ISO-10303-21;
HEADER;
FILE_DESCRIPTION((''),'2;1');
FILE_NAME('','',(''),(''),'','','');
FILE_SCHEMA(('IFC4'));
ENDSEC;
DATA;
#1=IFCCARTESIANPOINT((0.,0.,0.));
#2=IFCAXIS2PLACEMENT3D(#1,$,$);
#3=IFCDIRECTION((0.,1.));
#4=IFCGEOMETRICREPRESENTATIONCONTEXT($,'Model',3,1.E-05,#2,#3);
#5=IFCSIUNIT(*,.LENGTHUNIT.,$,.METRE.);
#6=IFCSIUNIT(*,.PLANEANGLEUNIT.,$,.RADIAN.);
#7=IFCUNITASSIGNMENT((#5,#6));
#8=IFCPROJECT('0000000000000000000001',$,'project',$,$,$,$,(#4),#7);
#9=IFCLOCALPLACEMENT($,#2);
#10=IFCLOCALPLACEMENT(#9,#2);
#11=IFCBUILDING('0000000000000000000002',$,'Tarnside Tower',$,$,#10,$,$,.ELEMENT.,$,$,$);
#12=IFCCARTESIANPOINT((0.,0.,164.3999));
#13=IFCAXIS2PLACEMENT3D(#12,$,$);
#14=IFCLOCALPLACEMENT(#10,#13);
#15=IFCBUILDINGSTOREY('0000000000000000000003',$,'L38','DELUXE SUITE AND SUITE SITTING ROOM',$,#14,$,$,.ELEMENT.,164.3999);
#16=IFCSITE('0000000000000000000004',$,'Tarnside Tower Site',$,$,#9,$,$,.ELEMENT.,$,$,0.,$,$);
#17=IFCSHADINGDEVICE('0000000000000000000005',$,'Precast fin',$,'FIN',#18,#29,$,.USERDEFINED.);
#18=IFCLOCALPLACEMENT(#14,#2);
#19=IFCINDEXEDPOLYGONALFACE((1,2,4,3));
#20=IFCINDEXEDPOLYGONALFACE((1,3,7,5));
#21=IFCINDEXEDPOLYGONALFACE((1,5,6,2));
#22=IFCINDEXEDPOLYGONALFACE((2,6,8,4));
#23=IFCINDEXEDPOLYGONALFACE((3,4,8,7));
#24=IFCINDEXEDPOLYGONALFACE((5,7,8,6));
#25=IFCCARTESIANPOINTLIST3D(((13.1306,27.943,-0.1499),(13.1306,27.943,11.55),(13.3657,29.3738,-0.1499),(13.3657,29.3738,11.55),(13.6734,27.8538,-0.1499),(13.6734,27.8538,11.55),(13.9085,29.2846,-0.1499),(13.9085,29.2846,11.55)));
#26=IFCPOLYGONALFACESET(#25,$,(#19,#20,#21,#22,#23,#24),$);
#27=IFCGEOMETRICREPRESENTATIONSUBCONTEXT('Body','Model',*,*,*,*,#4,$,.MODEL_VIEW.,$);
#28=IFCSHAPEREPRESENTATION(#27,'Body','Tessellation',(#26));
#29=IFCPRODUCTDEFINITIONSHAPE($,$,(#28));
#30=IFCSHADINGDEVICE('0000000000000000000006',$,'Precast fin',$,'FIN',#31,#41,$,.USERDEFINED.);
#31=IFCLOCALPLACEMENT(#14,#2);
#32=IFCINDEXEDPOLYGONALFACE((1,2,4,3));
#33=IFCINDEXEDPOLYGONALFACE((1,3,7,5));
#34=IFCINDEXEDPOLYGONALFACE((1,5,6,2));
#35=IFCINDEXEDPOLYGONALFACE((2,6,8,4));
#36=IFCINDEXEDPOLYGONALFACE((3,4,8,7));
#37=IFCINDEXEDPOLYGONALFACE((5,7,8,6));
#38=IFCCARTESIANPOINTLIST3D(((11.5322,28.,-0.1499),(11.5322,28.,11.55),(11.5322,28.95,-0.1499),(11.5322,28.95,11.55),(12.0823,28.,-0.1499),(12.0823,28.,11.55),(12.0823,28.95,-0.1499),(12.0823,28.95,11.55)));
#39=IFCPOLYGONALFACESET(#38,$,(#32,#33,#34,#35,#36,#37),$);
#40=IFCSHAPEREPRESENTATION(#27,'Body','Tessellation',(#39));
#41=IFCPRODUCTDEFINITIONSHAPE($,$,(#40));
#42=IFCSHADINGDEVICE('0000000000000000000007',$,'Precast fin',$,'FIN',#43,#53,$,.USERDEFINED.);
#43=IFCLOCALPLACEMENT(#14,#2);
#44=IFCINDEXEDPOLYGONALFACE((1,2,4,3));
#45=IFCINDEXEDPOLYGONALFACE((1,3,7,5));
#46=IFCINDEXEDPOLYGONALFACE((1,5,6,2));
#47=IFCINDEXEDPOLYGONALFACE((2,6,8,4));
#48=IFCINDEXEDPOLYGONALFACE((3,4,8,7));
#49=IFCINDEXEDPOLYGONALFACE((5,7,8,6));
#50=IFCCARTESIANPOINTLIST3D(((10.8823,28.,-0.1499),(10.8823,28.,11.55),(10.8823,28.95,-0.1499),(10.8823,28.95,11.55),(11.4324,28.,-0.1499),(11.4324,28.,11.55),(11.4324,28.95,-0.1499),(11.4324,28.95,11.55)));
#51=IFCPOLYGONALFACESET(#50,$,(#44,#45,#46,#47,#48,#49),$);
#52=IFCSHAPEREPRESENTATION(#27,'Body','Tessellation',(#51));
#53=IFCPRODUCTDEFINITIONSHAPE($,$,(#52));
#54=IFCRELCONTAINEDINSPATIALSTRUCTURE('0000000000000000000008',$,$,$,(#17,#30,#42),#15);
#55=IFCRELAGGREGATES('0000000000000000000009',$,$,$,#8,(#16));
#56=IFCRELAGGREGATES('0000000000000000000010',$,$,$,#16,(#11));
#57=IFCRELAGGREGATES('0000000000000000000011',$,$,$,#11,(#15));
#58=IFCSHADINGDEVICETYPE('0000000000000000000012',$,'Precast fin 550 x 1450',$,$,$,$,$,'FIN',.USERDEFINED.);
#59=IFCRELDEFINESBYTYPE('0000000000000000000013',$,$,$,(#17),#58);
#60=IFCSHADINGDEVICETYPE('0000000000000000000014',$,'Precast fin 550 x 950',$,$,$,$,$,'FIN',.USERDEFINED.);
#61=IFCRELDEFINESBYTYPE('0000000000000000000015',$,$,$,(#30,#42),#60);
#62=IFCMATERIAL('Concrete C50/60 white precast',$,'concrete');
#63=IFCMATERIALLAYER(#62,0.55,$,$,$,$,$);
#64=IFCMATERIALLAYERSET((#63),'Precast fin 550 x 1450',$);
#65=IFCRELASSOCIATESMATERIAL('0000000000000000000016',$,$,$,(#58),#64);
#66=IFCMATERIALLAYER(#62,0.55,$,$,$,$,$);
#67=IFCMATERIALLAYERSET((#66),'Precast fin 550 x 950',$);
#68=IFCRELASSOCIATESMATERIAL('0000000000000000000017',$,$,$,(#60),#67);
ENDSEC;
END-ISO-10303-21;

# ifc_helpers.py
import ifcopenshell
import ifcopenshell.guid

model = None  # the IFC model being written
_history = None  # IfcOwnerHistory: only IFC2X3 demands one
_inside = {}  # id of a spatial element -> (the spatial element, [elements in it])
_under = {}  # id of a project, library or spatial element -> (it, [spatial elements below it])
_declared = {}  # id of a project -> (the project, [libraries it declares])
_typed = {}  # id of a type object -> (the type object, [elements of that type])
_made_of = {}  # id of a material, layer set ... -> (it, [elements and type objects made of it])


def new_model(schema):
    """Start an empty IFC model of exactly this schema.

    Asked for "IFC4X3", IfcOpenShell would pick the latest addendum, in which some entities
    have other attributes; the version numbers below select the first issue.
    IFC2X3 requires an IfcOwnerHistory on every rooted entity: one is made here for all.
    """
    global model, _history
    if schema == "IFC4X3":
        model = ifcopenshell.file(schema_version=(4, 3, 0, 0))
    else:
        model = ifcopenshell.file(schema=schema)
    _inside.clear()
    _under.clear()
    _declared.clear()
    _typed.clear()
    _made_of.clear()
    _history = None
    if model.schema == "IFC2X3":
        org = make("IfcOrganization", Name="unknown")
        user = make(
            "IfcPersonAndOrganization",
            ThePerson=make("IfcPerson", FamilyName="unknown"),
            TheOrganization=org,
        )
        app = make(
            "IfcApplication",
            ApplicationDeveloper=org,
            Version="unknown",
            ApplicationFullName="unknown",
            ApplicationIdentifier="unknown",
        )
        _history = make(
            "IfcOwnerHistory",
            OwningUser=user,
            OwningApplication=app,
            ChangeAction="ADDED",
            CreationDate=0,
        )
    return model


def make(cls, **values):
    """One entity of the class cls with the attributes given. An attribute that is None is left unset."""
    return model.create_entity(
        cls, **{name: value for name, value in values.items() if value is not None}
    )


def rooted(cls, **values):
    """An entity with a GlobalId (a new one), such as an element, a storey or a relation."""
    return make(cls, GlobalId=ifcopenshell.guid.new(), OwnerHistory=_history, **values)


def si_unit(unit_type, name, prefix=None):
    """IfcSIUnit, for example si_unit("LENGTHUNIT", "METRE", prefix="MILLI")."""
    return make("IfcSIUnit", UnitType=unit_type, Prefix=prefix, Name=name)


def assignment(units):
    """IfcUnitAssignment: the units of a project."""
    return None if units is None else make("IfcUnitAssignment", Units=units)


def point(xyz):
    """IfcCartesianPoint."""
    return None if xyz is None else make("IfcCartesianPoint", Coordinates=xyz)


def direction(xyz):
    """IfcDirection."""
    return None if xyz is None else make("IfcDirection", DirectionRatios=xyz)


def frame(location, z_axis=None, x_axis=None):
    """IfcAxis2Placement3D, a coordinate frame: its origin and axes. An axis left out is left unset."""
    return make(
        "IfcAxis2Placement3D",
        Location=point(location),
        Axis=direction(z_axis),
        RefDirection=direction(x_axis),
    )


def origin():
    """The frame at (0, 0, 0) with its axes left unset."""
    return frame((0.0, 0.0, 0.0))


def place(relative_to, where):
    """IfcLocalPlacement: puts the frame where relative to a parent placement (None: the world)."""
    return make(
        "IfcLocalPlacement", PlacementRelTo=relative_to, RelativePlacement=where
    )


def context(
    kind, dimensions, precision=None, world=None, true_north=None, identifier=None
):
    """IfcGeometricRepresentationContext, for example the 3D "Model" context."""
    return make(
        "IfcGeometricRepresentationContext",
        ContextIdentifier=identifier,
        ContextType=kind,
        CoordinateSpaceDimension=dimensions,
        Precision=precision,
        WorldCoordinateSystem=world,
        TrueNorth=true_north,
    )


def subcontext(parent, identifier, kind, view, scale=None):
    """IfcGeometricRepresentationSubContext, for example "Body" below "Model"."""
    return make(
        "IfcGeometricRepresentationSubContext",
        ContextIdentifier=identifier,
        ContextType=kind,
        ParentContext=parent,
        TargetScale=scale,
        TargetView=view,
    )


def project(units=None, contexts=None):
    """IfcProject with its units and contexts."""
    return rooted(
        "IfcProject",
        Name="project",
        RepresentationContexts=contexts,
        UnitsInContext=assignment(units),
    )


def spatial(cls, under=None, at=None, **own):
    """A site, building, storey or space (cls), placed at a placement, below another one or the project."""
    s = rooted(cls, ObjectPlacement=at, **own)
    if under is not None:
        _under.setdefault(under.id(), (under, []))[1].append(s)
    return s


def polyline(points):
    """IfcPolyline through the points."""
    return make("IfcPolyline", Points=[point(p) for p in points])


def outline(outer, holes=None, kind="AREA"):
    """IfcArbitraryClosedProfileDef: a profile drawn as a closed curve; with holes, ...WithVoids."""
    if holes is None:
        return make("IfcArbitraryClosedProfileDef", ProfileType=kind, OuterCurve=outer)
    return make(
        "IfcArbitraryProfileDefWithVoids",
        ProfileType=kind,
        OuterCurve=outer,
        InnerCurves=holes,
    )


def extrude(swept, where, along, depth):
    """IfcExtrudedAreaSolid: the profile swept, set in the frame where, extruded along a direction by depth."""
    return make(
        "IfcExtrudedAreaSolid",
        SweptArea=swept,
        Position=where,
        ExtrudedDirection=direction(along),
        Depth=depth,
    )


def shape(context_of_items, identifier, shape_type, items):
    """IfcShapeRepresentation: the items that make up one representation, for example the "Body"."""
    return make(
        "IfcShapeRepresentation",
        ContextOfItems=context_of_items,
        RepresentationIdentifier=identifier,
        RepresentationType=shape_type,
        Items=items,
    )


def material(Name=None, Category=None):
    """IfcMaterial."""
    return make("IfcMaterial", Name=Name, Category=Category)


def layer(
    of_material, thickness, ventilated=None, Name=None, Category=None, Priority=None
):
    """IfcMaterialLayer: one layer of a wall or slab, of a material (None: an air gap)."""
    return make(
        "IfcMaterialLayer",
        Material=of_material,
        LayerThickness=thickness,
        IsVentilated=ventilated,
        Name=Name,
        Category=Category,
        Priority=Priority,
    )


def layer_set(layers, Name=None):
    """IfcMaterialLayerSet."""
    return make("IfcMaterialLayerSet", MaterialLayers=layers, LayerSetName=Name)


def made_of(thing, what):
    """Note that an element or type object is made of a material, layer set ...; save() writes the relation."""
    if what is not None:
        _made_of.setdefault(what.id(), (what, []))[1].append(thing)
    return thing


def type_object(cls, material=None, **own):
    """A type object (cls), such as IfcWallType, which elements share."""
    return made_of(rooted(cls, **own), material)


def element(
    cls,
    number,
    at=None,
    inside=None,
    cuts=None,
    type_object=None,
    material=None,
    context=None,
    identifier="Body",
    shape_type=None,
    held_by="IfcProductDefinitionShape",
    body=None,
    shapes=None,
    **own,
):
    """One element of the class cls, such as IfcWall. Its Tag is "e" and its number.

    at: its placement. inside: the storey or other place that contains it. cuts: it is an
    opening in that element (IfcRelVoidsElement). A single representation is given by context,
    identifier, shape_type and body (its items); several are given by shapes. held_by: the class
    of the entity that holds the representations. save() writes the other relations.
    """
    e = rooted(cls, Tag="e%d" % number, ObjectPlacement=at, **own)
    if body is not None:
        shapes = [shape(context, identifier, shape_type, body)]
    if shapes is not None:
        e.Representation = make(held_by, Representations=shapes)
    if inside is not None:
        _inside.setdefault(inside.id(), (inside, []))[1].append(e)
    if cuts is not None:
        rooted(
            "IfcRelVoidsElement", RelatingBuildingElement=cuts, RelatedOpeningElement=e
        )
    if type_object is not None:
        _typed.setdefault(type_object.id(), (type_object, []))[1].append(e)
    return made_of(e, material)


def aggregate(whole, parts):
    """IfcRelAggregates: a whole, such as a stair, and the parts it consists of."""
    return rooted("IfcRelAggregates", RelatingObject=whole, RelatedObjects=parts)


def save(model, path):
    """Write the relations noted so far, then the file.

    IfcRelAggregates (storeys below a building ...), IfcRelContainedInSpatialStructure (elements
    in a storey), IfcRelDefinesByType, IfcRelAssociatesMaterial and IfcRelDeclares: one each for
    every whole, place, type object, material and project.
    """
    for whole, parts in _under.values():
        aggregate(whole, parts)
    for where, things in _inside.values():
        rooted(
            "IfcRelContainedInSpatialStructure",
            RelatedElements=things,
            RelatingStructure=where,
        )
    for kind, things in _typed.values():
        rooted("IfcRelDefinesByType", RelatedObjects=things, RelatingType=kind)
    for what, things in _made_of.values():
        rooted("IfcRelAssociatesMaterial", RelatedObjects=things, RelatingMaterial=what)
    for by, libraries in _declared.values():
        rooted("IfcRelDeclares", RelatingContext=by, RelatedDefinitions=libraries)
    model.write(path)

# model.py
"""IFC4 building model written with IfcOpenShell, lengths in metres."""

from ifc_helpers import new_model, si_unit, direction, frame, origin, place, context, subcontext, project, spatial, polyline, outline, extrude, material, layer, layer_set, type_object, element, save


model = new_model("IFC4")

# Units and contexts
model_context = context("Model", 3, precision=1e-05, world=origin(), true_north=direction((0.0, 1.0)))
body_context = subcontext(model_context, "Body", "Model", "MODEL_VIEW")
ifc_project = project(units=[si_unit("LENGTHUNIT", "METRE"), si_unit("PLANEANGLEUNIT", "RADIAN")], contexts=[model_context])

# Site, building, storey
site_placement = place(None, origin())
site = spatial("IfcSite", under=ifc_project, at=site_placement, Name="Tarnside Tower Site", CompositionType="ELEMENT", RefElevation=0.0)
building_placement = place(site_placement, origin())
building = spatial("IfcBuilding", under=site, at=building_placement, Name="Tarnside Tower", CompositionType="ELEMENT")
storey_placement = place(building_placement, frame((0.0, 0.0, 164.3999)))
storey = spatial("IfcBuildingStorey", under=building, at=storey_placement, Name="L38", Description="DELUXE SUITE AND SUITE SITTING ROOM", CompositionType="ELEMENT", Elevation=164.3999)

# Shading devices
ifc_material_1 = material(Name="Concrete C50/60 white precast", Category="concrete")
ifc_layer_1 = layer(ifc_material_1, 0.55)
ifc_layer_set_1 = layer_set([ifc_layer_1], Name="Precast fin 550 x 1450")
shading_device_type_1 = type_object("IfcShadingDeviceType", Name="Precast fin 550 x 1450", ElementType="FIN", PredefinedType="USERDEFINED", material=ifc_layer_set_1)
shading_device_placement = place(storey_placement, frame((13.4019, 27.8984, -0.1499), z_axis=(0.986762, -0.162178, 0.0), x_axis=(0.162178, 0.986762, 0.0)))
element("IfcShadingDevice", 1, at=shading_device_placement, inside=storey, type_object=shading_device_type_1, Name="Precast fin", ObjectType="FIN", PredefinedType="USERDEFINED", context=body_context, shape_type="SweptSolid", body=[
    extrude(outline(polyline([(0.0, 0.0), (1.45, 0.0), (1.45, 11.7), (0.0, 11.7), (0.0, 0.0)])), frame((0.0, 0.0, -0.2749)), (0.0, 0.0, 1.0), 0.55),
])
ifc_layer_2 = layer(ifc_material_1, 0.55)
ifc_layer_set_2 = layer_set([ifc_layer_2], Name="Precast fin 550 x 950")
shading_device_type_2 = type_object("IfcShadingDeviceType", Name="Precast fin 550 x 950", ElementType="FIN", PredefinedType="USERDEFINED", material=ifc_layer_set_2)
for number, where, z_axis, x_axis, name in (
    (2, (11.8071, 28.0, -0.1499), (1.0, 0.0, 0.0), (0.0, 1.0, 0.0), "Precast fin"),
    (3, (11.1572, 28.0, -0.1499), (1.0, 0.0, 0.0), (0.0, 1.0, 0.0), "Precast fin"),
):
    element("IfcShadingDevice", number, at=place(storey_placement, frame(where, z_axis=z_axis, x_axis=x_axis)), inside=storey, type_object=shading_device_type_2, Name=name, ObjectType="FIN", PredefinedType="USERDEFINED", context=body_context, shape_type="SweptSolid", body=[
        extrude(outline(polyline([(0.0, 0.0), (0.95, 0.0), (0.95, 11.7), (0.0, 11.7), (0.0, 0.0)])), frame((0.0, 0.0, -0.2749)), (0.0, 0.0, 1.0), 0.55),
    ])

save(model, "model.ifc")
